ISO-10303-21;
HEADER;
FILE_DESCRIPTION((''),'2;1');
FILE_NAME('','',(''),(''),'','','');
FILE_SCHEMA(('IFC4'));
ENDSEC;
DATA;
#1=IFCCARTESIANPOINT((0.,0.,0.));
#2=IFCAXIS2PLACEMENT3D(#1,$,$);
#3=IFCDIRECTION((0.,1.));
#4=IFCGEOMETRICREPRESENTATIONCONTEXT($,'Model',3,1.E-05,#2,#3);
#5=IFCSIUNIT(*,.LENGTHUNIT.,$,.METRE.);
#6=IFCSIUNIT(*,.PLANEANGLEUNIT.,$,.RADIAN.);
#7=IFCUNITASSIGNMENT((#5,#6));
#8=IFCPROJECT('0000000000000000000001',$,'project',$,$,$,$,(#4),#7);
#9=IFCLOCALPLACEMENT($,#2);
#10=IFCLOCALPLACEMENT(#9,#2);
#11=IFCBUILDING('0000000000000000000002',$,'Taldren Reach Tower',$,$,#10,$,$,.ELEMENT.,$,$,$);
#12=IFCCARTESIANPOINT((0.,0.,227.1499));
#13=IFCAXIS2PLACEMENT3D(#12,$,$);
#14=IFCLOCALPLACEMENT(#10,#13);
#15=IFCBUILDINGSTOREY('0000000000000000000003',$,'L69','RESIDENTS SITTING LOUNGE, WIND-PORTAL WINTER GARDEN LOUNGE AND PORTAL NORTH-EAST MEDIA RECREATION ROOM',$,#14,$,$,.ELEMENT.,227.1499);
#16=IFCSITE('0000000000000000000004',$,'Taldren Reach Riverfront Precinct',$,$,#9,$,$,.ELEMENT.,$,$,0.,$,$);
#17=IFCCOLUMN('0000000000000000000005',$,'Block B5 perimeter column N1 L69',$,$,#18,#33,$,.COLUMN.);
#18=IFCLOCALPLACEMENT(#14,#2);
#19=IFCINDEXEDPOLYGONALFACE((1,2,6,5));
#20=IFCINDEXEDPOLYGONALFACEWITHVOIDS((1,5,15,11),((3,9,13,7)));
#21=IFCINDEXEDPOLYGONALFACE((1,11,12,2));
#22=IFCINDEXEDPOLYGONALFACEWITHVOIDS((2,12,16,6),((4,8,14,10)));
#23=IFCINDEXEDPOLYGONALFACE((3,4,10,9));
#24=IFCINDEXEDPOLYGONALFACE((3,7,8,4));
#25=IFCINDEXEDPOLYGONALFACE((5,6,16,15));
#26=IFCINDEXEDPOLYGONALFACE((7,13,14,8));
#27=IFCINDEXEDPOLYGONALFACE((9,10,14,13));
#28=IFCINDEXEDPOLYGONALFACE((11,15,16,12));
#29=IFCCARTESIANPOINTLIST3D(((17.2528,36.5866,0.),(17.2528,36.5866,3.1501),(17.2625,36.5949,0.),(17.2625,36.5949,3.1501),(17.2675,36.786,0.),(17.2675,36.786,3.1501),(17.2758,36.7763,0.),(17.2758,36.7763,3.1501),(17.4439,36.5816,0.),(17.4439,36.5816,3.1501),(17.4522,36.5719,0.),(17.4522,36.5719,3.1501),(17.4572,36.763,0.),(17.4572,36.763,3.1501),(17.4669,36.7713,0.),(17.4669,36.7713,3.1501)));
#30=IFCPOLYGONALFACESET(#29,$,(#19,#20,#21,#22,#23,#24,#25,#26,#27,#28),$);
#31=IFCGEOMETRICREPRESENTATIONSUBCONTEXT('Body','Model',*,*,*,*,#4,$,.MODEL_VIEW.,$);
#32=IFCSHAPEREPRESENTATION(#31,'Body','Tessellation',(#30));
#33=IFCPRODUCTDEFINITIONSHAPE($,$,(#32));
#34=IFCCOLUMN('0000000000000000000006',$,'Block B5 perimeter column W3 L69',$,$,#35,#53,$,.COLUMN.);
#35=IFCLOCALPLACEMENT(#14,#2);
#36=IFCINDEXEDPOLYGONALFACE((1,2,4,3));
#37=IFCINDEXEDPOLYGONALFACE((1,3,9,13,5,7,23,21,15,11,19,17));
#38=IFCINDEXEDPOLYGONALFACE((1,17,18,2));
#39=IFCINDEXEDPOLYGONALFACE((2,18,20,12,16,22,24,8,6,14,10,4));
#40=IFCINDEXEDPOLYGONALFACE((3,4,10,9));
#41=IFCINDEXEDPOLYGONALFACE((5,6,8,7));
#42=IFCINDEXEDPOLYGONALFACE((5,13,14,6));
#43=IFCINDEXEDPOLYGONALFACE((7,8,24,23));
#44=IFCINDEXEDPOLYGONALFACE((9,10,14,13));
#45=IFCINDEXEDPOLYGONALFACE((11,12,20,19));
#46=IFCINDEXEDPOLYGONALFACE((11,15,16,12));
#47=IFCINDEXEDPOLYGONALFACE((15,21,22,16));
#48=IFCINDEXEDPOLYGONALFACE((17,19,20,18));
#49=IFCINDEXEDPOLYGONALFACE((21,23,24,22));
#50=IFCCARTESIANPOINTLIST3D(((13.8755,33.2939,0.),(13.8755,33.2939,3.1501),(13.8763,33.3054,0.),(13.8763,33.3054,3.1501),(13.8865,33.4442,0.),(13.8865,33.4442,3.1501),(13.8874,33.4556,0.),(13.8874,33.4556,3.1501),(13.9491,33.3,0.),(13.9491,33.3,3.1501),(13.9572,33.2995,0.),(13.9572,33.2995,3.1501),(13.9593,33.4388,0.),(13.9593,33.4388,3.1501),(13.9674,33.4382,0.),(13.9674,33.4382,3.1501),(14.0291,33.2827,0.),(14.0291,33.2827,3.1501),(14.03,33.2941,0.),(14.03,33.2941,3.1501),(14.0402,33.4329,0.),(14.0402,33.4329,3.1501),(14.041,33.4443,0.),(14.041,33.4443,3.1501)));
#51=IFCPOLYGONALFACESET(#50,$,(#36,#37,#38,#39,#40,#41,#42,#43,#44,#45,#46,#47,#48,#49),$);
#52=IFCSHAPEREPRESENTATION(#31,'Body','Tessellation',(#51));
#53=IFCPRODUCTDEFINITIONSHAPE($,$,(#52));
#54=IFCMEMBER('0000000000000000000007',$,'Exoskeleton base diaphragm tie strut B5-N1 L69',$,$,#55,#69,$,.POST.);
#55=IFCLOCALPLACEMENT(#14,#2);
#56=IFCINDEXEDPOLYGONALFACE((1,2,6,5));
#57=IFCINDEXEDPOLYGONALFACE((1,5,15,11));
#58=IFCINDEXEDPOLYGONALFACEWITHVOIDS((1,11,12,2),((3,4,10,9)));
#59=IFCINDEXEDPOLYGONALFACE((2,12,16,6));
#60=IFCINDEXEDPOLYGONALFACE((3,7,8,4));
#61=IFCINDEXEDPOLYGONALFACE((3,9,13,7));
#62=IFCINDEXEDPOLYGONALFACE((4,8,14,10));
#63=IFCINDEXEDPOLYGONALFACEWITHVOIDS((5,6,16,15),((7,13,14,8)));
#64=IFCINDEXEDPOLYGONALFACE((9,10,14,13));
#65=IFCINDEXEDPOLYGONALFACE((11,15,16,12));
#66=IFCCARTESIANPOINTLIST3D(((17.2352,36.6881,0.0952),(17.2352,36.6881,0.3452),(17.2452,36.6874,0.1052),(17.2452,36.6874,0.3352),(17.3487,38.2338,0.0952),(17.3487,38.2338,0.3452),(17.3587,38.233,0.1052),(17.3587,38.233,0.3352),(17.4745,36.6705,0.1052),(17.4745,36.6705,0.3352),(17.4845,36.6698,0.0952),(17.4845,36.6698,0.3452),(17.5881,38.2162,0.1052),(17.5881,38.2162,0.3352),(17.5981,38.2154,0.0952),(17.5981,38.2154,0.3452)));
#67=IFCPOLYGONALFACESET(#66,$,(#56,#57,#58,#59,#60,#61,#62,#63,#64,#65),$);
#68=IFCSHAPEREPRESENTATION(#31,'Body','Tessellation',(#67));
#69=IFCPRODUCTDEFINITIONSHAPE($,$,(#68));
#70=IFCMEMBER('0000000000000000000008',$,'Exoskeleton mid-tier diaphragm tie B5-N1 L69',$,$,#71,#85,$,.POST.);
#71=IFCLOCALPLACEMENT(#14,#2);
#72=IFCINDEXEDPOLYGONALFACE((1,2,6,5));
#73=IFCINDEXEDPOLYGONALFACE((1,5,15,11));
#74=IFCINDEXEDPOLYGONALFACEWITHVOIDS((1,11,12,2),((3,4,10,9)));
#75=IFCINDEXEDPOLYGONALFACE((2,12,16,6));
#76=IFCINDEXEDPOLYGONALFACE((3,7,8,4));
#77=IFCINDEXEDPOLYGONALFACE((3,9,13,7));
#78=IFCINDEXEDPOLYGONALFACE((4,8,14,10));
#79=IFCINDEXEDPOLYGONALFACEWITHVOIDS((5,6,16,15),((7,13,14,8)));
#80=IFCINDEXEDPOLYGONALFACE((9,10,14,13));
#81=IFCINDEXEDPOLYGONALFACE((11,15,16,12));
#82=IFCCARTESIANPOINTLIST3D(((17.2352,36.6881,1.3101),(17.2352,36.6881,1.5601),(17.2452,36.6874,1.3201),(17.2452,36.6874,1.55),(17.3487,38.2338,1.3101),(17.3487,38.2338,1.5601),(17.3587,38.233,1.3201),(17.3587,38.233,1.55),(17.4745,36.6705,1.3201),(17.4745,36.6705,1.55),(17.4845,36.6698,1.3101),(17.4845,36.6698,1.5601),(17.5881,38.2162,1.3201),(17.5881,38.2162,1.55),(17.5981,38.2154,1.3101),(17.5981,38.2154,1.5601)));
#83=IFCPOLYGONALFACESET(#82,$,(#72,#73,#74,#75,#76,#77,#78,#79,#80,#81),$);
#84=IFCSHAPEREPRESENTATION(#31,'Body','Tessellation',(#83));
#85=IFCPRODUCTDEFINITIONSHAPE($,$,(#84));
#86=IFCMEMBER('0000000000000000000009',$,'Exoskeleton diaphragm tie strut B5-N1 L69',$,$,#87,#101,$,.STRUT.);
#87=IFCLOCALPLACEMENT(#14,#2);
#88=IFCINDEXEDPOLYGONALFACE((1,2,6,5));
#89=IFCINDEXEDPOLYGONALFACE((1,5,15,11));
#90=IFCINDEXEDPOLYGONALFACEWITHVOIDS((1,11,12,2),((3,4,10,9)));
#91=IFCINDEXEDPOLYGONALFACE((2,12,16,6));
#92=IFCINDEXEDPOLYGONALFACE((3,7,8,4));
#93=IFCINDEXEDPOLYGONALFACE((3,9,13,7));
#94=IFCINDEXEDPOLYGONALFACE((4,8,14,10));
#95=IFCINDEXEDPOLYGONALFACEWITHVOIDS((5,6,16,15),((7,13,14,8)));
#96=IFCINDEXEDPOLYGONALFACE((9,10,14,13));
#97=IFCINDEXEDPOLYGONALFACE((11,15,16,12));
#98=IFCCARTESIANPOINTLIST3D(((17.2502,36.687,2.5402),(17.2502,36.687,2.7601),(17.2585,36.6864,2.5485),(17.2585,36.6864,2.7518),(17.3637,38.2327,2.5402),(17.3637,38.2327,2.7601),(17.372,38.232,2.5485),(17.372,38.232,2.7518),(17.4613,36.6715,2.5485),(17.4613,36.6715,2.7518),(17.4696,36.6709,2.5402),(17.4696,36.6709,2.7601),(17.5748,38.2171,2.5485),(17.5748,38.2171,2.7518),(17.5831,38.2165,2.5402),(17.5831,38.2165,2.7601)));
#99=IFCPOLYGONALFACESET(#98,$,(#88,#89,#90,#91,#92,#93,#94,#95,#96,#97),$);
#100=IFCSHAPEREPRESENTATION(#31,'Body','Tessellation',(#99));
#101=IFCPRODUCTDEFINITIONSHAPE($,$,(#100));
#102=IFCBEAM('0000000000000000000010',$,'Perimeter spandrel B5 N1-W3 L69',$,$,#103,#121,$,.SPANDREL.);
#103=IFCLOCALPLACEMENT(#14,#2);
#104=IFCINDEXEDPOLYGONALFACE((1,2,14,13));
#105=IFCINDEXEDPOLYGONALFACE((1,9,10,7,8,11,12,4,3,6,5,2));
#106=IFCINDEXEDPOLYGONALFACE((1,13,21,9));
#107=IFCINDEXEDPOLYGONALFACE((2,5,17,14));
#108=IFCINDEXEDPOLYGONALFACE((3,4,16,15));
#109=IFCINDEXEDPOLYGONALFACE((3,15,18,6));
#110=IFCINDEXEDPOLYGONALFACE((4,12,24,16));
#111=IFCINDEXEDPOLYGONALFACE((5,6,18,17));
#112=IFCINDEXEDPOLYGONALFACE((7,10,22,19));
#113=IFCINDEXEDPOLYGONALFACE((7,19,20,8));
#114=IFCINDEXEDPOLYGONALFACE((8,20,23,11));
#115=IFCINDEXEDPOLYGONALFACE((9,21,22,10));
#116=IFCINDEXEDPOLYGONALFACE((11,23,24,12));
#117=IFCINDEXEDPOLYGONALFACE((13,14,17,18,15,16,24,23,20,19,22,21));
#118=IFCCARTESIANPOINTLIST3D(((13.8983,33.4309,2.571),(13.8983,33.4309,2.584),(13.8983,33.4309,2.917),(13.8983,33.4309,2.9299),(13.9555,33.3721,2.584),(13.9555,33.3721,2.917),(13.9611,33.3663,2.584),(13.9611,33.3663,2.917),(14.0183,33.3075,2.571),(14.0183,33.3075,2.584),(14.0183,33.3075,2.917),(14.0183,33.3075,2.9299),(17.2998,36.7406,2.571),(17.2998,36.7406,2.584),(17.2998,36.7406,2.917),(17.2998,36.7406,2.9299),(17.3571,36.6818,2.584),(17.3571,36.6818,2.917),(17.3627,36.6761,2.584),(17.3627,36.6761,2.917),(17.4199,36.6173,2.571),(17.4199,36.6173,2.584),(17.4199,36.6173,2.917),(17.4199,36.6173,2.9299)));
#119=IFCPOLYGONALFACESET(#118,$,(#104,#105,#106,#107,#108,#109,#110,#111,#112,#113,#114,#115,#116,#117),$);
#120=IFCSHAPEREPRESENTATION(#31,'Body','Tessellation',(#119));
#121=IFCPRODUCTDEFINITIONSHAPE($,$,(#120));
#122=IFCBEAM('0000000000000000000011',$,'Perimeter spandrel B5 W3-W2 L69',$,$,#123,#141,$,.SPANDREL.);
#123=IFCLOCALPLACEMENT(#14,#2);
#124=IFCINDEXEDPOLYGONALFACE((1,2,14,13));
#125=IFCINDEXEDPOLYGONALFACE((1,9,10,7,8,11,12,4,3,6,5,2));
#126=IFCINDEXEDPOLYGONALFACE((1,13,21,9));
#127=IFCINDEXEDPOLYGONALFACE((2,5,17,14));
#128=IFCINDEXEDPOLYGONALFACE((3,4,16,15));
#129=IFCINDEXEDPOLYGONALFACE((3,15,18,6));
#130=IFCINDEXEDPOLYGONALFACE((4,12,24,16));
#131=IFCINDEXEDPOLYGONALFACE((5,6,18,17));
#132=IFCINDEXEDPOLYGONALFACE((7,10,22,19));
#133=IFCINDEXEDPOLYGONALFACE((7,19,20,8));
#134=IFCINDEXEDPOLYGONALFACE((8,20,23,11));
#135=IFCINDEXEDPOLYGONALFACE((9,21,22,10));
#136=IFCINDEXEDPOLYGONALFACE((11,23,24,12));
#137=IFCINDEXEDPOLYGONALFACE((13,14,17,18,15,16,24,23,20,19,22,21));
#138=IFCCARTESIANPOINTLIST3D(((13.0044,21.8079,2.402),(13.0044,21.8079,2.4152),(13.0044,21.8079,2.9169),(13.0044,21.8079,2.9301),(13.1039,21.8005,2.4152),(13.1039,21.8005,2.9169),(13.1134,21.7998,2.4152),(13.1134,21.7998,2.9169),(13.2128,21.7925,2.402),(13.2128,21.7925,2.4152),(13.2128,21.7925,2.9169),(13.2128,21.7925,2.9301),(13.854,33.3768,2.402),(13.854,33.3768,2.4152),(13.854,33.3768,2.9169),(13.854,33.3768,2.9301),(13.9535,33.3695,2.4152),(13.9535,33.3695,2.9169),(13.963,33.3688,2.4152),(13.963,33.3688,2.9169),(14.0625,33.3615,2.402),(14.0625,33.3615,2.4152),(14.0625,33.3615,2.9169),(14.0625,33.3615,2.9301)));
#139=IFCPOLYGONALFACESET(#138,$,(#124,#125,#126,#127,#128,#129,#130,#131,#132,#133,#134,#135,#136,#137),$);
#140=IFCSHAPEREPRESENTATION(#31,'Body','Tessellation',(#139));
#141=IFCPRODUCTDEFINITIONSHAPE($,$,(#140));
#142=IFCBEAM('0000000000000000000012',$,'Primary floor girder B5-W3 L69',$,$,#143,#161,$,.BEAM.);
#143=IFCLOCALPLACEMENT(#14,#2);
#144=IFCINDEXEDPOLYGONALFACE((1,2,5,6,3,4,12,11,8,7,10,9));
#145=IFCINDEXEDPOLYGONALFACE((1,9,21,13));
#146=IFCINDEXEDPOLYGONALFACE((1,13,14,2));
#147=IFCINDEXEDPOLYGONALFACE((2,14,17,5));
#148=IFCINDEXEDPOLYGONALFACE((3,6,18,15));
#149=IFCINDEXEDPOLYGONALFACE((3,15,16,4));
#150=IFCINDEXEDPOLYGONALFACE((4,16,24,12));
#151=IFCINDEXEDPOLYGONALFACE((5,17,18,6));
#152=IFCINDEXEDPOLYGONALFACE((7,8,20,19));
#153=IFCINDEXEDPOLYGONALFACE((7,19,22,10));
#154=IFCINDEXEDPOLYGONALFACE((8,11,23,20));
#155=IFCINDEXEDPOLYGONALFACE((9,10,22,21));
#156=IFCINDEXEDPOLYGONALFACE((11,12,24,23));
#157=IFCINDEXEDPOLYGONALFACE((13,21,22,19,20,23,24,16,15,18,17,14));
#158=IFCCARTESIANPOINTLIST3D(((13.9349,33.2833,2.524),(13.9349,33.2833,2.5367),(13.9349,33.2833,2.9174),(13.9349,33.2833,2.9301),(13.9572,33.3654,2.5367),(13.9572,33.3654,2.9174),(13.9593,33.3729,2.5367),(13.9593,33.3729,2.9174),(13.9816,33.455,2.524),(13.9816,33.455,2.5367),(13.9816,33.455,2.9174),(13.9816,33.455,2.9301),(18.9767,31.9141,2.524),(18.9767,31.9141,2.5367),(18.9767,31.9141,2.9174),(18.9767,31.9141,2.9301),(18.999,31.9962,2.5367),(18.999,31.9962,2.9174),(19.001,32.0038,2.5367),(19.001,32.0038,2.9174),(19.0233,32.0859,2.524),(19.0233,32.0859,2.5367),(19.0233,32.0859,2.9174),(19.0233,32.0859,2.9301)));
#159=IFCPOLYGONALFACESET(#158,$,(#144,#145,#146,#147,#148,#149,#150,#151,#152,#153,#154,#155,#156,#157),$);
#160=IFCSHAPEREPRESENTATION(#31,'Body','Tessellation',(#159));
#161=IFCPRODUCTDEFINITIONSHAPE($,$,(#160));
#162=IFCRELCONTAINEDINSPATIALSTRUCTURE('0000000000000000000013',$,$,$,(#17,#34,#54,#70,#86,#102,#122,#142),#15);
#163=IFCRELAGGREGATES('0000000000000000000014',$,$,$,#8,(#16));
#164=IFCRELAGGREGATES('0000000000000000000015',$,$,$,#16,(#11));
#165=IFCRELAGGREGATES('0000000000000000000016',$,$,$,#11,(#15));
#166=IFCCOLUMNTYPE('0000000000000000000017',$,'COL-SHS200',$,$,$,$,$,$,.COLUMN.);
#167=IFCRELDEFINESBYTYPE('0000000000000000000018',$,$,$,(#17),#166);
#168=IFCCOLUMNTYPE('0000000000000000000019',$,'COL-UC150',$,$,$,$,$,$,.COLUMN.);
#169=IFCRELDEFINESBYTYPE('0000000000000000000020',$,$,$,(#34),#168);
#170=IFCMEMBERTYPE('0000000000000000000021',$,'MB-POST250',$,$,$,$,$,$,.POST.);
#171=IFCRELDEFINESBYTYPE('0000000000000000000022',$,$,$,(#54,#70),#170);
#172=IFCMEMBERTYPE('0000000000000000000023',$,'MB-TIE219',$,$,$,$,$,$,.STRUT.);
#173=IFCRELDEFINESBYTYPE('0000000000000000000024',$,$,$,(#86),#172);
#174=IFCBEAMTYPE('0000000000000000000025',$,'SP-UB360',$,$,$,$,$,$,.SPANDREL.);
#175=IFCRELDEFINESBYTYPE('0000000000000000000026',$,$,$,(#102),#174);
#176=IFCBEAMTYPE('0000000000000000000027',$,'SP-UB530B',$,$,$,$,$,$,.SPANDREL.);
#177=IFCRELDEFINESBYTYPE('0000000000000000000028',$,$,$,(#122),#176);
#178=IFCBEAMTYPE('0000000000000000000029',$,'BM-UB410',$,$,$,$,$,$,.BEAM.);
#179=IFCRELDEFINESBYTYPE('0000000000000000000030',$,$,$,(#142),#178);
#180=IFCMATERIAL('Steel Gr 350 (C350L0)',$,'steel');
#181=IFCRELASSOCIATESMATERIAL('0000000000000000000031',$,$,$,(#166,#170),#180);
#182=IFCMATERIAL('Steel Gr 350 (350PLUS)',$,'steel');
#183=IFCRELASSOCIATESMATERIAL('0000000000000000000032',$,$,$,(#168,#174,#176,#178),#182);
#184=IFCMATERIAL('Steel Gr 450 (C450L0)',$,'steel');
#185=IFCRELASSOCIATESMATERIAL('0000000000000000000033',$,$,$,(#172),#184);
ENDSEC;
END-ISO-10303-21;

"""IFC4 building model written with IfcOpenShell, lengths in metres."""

from ifc_helpers import new_model, si_unit, direction, frame, origin, origin_2d, place, context, subcontext, project, spatial, hollow_rectangle, i_section, extrude, source, transform, mapped, material, material_profile, profile_set, type_object, element, save


model = new_model("IFC4")

# Units and contexts
model_context = context("Model", 3, precision=1e-05, world=origin(), true_north=direction((0.0, 1.0)))
body_context = subcontext(model_context, "Body", "Model", "MODEL_VIEW")
ifc_project = project(units=[si_unit("LENGTHUNIT", "METRE"), si_unit("PLANEANGLEUNIT", "RADIAN")], contexts=[model_context])

# Site, building, storey
site_placement = place(None, origin())
site = spatial("IfcSite", under=ifc_project, at=site_placement, Name="Taldren Reach Riverfront Precinct", CompositionType="ELEMENT", RefElevation=0.0)
building_placement = place(site_placement, origin())
building = spatial("IfcBuilding", under=site, at=building_placement, Name="Taldren Reach Tower", CompositionType="ELEMENT")
storey_placement = place(building_placement, frame((0.0, 0.0, 227.1499)))
storey = spatial("IfcBuildingStorey", under=building, at=storey_placement, Name="L69", Description="RESIDENTS SITTING LOUNGE, WIND-PORTAL WINTER GARDEN LOUNGE AND PORTAL NORTH-EAST MEDIA RECREATION ROOM", CompositionType="ELEMENT", Elevation=227.1499)

# Columns
ifc_material_1 = material(Name="Steel Gr 350 (C350L0)", Category="steel")
ifc_material_profile_1 = material_profile(ifc_material_1, hollow_rectangle(XDim=0.2, YDim=0.2, WallThickness=0.009, at=origin_2d()), Name="200x200x9.0SHS")
ifc_profile_set_1 = profile_set([ifc_material_profile_1], Name="Steel Gr 350 (C350L0)")
column_type_1 = type_object("IfcColumnType", Name="COL-SHS200", PredefinedType="COLUMN", material=ifc_profile_set_1)
shared_shape_1 = source(origin(), body_context, "Body", "SweptSolid", [
    extrude(hollow_rectangle(XDim=0.2, YDim=0.2, WallThickness=0.009, at=origin_2d()), origin(), (0.0, 0.0, 1.0), 3.1501),
])
column_1_placement = place(storey_placement, frame((17.3599, 36.679, 0.0), z_axis=(0.0, 0.0, 1.0), x_axis=(0.997314, -0.073238, 0.0)))
element("IfcColumn", 1, at=column_1_placement, inside=storey, type_object=column_type_1, Name="Block B5 perimeter column N1 L69", PredefinedType="COLUMN", context=body_context, shape_type="MappedRepresentation", body=[
    mapped(shared_shape_1, transform((0.0, 0.0, 0.0), scale=1.0)),
])
ifc_material_2 = material(Name="Steel Gr 350 (350PLUS)", Category="steel")
ifc_material_profile_2 = material_profile(ifc_material_2, i_section(OverallWidth=0.1541, OverallDepth=0.1621, WebThickness=0.0081, FlangeThickness=0.0115, at=origin_2d()), Name="150UC37.2")
ifc_profile_set_2 = profile_set([ifc_material_profile_2], Name="Steel Gr 350 (350PLUS)")
column_type_2 = type_object("IfcColumnType", Name="COL-UC150", PredefinedType="COLUMN", material=ifc_profile_set_2)
shared_shape_2 = source(origin(), body_context, "Body", "SweptSolid", [
    extrude(i_section(OverallWidth=0.1541, OverallDepth=0.1621, WebThickness=0.0081, FlangeThickness=0.0115, at=origin_2d()), origin(), (0.0, 0.0, 1.0), 3.1501),
])
column_2_placement = place(storey_placement, frame((13.9583, 33.3691, 0.0), z_axis=(0.0, 0.0, 1.0), x_axis=(0.997314, -0.073238, 0.0)))
element("IfcColumn", 2, at=column_2_placement, inside=storey, type_object=column_type_2, Name="Block B5 perimeter column W3 L69", PredefinedType="COLUMN", context=body_context, shape_type="MappedRepresentation", body=[
    mapped(shared_shape_2, transform((0.0, 0.0, 0.0), scale=1.0)),
])

# Members
ifc_material_profile_3 = material_profile(ifc_material_1, hollow_rectangle(XDim=0.25, YDim=0.25, WallThickness=0.01, at=origin_2d()), Name="250x250x10.0SHS")
ifc_profile_set_3 = profile_set([ifc_material_profile_3], Name="Steel Gr 350 (C350L0)")
member_type_1 = type_object("IfcMemberType", Name="MB-POST250", PredefinedType="POST", material=ifc_profile_set_3)
shared_shape_3 = source(origin(), body_context, "Body", "SweptSolid", [
    extrude(hollow_rectangle(XDim=0.25, YDim=0.25, WallThickness=0.01, at=origin_2d()), origin(), (0.0, 0.0, 1.0), 1.5498),
])
for number, where, z_axis, x_axis, name in (
    (3, (17.3599, 36.679, 0.2202), (0.073251, 0.997314, 0.0), (-0.997314, 0.073251, 0.0), "Exoskeleton base diaphragm tie strut B5-N1 L69"),
    (4, (17.3599, 36.679, 1.4351), (0.073251, 0.997314, 0.0), (-0.997314, 0.073251, 0.0), "Exoskeleton mid-tier diaphragm tie B5-N1 L69"),
):
    element("IfcMember", number, at=place(storey_placement, frame(where, z_axis=z_axis, x_axis=x_axis)), inside=storey, type_object=member_type_1, Name=name, PredefinedType="POST", context=body_context, shape_type="MappedRepresentation", body=[
        mapped(shared_shape_3, transform((0.0, 0.0, 0.0), scale=1.0)),
    ])
ifc_material_3 = material(Name="Steel Gr 450 (C450L0)", Category="steel")
ifc_material_profile_4 = material_profile(ifc_material_3, hollow_rectangle(XDim=0.22, YDim=0.22, WallThickness=0.0083, at=origin_2d()), Name="220x220x8.2SHS")
ifc_profile_set_4 = profile_set([ifc_material_profile_4], Name="Steel Gr 450 (C450L0)")
member_type_2 = type_object("IfcMemberType", Name="MB-TIE219", PredefinedType="STRUT", material=ifc_profile_set_4)
shared_shape_4 = source(origin(), body_context, "Body", "SweptSolid", [
    extrude(hollow_rectangle(XDim=0.22, YDim=0.22, WallThickness=0.0083, at=origin_2d()), origin(), (0.0, 0.0, 1.0), 1.5498),
])
member_1_placement = place(storey_placement, frame((17.3599, 36.679, 2.6501), z_axis=(0.073251, 0.997314, 0.0), x_axis=(-0.997314, 0.073251, 0.0)))
element("IfcMember", 5, at=member_1_placement, inside=storey, type_object=member_type_2, Name="Exoskeleton diaphragm tie strut B5-N1 L69", PredefinedType="STRUT", context=body_context, shape_type="MappedRepresentation", body=[
    mapped(shared_shape_4, transform((0.0, 0.0, 0.0), scale=1.0)),
])

# Beams
ifc_material_profile_5 = material_profile(ifc_material_2, i_section(OverallWidth=0.1721, OverallDepth=0.3589, WebThickness=0.0081, FlangeThickness=0.0129, at=origin_2d()), Name="360UB56.7")
ifc_profile_set_5 = profile_set([ifc_material_profile_5], Name="Steel Gr 350 (350PLUS)")
beam_type_1 = type_object("IfcBeamType", Name="SP-UB360", PredefinedType="SPANDREL", material=ifc_profile_set_5)
shared_shape_5 = source(origin(), body_context, "Body", "SweptSolid", [
    extrude(i_section(OverallWidth=0.1721, OverallDepth=0.3589, WebThickness=0.0081, FlangeThickness=0.0129, at=origin_2d()), origin(), (0.0, 0.0, 1.0), 4.7461),
])
beam_1_placement = place(storey_placement, frame((17.3599, 36.679, 2.7505), z_axis=(-0.716711, -0.69737, 0.0), x_axis=(0.69737, -0.716711, 0.0)))
element("IfcBeam", 6, at=beam_1_placement, inside=storey, type_object=beam_type_1, Name="Perimeter spandrel B5 N1-W3 L69", PredefinedType="SPANDREL", context=body_context, shape_type="MappedRepresentation", body=[
    mapped(shared_shape_5, transform((0.0, 0.0, 0.0), scale=1.0)),
])
ifc_material_profile_6 = material_profile(ifc_material_2, i_section(OverallWidth=0.209, OverallDepth=0.5281, WebThickness=0.0095, FlangeThickness=0.0132, at=origin_2d()), Name="530UB82.0")
ifc_profile_set_6 = profile_set([ifc_material_profile_6], Name="Steel Gr 350 (350PLUS)")
beam_type_2 = type_object("IfcBeamType", Name="SP-UB530B", PredefinedType="SPANDREL", material=ifc_profile_set_6)
shared_shape_6 = source(origin(), body_context, "Body", "SweptSolid", [
    extrude(i_section(OverallWidth=0.209, OverallDepth=0.5281, WebThickness=0.0095, FlangeThickness=0.0132, at=origin_2d()), origin(), (0.0, 0.0, 1.0), 11.6001),
])
beam_2_placement = place(storey_placement, frame((13.9583, 33.3691, 2.666), z_axis=(-0.073242, -0.997314, 0.0), x_axis=(0.997314, -0.073242, 0.0)))
element("IfcBeam", 7, at=beam_2_placement, inside=storey, type_object=beam_type_2, Name="Perimeter spandrel B5 W3-W2 L69", PredefinedType="SPANDREL", context=body_context, shape_type="MappedRepresentation", body=[
    mapped(shared_shape_6, transform((0.0, 0.0, 0.0), scale=1.0)),
])
ifc_material_profile_7 = material_profile(ifc_material_2, i_section(OverallWidth=0.178, OverallDepth=0.406, WebThickness=0.0078, FlangeThickness=0.0127, at=origin_2d()), Name="410UB59.7")
ifc_profile_set_7 = profile_set([ifc_material_profile_7], Name="Steel Gr 350 (350PLUS)")
beam_type_3 = type_object("IfcBeamType", Name="BM-UB410", PredefinedType="BEAM", material=ifc_profile_set_7)
shared_shape_7 = source(origin(), body_context, "Body", "SweptSolid", [
    extrude(i_section(OverallWidth=0.178, OverallDepth=0.406, WebThickness=0.0078, FlangeThickness=0.0127, at=origin_2d()), origin(), (0.0, 0.0, 1.0), 5.2244),
])
beam_3_placement = place(storey_placement, frame((19.0, 32.0, 2.7271), z_axis=(-0.965049, 0.262069, 0.0), x_axis=(-0.262069, -0.965049, 0.0)))
element("IfcBeam", 8, at=beam_3_placement, inside=storey, type_object=beam_type_3, Name="Primary floor girder B5-W3 L69", PredefinedType="BEAM", context=body_context, shape_type="MappedRepresentation", body=[
    mapped(shared_shape_7, transform((0.0, 0.0, 0.0), scale=1.0)),
])

save(model, "model.ifc")
